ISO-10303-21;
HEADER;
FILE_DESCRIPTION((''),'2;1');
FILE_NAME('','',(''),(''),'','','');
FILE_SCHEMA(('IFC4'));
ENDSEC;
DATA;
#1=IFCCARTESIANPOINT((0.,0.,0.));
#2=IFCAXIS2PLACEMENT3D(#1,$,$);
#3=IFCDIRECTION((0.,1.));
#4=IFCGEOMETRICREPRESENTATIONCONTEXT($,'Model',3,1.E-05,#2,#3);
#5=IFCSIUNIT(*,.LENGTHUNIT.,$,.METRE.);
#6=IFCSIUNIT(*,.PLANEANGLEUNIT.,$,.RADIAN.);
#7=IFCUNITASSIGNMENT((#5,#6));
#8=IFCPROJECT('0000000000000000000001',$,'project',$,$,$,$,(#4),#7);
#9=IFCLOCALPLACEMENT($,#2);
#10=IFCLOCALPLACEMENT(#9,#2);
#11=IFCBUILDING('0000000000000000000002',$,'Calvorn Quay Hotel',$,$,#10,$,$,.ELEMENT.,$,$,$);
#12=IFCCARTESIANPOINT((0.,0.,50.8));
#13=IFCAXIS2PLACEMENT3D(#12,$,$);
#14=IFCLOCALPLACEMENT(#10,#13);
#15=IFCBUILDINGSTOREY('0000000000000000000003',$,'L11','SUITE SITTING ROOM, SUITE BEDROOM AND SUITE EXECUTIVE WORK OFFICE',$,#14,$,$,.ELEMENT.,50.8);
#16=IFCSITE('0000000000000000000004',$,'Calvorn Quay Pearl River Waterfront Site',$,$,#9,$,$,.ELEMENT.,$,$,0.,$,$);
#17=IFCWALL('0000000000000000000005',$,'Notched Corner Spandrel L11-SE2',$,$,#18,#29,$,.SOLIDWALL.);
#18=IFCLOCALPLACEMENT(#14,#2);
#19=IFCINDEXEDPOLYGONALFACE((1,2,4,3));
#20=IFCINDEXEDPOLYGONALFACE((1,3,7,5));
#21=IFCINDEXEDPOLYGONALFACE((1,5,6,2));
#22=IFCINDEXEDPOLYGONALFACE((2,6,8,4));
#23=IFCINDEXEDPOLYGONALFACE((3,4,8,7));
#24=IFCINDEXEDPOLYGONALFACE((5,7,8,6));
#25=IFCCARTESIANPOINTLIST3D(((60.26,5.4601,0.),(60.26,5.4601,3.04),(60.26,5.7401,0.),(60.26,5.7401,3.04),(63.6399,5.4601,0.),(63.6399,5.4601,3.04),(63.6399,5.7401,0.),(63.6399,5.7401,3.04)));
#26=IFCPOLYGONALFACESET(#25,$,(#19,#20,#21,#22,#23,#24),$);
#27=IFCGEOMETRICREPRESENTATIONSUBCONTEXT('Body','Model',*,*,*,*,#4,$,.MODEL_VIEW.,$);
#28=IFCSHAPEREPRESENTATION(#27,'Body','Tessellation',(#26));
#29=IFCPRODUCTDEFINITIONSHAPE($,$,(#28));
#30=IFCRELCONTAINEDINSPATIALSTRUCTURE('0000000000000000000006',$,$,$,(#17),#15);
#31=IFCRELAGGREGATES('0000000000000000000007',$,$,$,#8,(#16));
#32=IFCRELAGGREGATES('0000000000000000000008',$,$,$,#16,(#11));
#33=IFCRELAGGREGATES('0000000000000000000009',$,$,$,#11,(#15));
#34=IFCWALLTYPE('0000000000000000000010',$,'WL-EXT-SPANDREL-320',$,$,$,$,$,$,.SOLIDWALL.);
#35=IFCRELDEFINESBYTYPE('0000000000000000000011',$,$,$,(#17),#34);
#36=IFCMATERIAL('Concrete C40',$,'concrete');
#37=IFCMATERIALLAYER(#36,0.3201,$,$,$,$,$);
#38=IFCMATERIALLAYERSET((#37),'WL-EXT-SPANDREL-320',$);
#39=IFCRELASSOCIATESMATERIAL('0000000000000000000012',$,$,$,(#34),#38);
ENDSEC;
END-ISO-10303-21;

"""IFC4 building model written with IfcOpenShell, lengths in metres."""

from ifc_helpers import new_model, si_unit, direction, frame, frame_2d, origin, place, context, subcontext, project, spatial, rectangle, extrude, material, layer, layer_set, type_object, element, save


model = new_model("IFC4")

# Units and contexts
model_context = context("Model", 3, precision=1e-05, world=origin(), true_north=direction((0.0, 1.0)))
body_context = subcontext(model_context, "Body", "Model", "MODEL_VIEW")
ifc_project = project(units=[si_unit("LENGTHUNIT", "METRE"), si_unit("PLANEANGLEUNIT", "RADIAN")], contexts=[model_context])

# Site, building, storey
site_placement = place(None, origin())
site = spatial("IfcSite", under=ifc_project, at=site_placement, Name="Calvorn Quay Pearl River Waterfront Site", CompositionType="ELEMENT", RefElevation=0.0)
building_placement = place(site_placement, origin())
building = spatial("IfcBuilding", under=site, at=building_placement, Name="Calvorn Quay Hotel", CompositionType="ELEMENT")
storey_placement = place(building_placement, frame((0.0, 0.0, 50.8)))
storey = spatial("IfcBuildingStorey", under=building, at=storey_placement, Name="L11", Description="SUITE SITTING ROOM, SUITE BEDROOM AND SUITE EXECUTIVE WORK OFFICE", CompositionType="ELEMENT", Elevation=50.8)

# Wall
ifc_material_1 = material(Name="Concrete C40", Category="concrete")
ifc_layer_1 = layer(ifc_material_1, 0.3201)
ifc_layer_set_1 = layer_set([ifc_layer_1], Name="WL-EXT-SPANDREL-320")
wall_type = type_object("IfcWallType", Name="WL-EXT-SPANDREL-320", PredefinedType="SOLIDWALL", material=ifc_layer_set_1)
wall_1_placement = place(storey_placement, frame((60.26, 5.6001, 0.0), z_axis=(0.0, 0.0, 1.0), x_axis=(1.0, 0.0, 0.0)))
element("IfcWall", 1, at=wall_1_placement, inside=storey, type_object=wall_type, Name="Notched Corner Spandrel L11-SE2", PredefinedType="SOLIDWALL", context=body_context, shape_type="SweptSolid", body=[
    extrude(rectangle(XDim=3.3799, YDim=0.28, at=frame_2d((1.6899, 0.0))), origin(), (0.0, 0.0, 1.0), 3.04),
])

save(model, "model.ifc")
